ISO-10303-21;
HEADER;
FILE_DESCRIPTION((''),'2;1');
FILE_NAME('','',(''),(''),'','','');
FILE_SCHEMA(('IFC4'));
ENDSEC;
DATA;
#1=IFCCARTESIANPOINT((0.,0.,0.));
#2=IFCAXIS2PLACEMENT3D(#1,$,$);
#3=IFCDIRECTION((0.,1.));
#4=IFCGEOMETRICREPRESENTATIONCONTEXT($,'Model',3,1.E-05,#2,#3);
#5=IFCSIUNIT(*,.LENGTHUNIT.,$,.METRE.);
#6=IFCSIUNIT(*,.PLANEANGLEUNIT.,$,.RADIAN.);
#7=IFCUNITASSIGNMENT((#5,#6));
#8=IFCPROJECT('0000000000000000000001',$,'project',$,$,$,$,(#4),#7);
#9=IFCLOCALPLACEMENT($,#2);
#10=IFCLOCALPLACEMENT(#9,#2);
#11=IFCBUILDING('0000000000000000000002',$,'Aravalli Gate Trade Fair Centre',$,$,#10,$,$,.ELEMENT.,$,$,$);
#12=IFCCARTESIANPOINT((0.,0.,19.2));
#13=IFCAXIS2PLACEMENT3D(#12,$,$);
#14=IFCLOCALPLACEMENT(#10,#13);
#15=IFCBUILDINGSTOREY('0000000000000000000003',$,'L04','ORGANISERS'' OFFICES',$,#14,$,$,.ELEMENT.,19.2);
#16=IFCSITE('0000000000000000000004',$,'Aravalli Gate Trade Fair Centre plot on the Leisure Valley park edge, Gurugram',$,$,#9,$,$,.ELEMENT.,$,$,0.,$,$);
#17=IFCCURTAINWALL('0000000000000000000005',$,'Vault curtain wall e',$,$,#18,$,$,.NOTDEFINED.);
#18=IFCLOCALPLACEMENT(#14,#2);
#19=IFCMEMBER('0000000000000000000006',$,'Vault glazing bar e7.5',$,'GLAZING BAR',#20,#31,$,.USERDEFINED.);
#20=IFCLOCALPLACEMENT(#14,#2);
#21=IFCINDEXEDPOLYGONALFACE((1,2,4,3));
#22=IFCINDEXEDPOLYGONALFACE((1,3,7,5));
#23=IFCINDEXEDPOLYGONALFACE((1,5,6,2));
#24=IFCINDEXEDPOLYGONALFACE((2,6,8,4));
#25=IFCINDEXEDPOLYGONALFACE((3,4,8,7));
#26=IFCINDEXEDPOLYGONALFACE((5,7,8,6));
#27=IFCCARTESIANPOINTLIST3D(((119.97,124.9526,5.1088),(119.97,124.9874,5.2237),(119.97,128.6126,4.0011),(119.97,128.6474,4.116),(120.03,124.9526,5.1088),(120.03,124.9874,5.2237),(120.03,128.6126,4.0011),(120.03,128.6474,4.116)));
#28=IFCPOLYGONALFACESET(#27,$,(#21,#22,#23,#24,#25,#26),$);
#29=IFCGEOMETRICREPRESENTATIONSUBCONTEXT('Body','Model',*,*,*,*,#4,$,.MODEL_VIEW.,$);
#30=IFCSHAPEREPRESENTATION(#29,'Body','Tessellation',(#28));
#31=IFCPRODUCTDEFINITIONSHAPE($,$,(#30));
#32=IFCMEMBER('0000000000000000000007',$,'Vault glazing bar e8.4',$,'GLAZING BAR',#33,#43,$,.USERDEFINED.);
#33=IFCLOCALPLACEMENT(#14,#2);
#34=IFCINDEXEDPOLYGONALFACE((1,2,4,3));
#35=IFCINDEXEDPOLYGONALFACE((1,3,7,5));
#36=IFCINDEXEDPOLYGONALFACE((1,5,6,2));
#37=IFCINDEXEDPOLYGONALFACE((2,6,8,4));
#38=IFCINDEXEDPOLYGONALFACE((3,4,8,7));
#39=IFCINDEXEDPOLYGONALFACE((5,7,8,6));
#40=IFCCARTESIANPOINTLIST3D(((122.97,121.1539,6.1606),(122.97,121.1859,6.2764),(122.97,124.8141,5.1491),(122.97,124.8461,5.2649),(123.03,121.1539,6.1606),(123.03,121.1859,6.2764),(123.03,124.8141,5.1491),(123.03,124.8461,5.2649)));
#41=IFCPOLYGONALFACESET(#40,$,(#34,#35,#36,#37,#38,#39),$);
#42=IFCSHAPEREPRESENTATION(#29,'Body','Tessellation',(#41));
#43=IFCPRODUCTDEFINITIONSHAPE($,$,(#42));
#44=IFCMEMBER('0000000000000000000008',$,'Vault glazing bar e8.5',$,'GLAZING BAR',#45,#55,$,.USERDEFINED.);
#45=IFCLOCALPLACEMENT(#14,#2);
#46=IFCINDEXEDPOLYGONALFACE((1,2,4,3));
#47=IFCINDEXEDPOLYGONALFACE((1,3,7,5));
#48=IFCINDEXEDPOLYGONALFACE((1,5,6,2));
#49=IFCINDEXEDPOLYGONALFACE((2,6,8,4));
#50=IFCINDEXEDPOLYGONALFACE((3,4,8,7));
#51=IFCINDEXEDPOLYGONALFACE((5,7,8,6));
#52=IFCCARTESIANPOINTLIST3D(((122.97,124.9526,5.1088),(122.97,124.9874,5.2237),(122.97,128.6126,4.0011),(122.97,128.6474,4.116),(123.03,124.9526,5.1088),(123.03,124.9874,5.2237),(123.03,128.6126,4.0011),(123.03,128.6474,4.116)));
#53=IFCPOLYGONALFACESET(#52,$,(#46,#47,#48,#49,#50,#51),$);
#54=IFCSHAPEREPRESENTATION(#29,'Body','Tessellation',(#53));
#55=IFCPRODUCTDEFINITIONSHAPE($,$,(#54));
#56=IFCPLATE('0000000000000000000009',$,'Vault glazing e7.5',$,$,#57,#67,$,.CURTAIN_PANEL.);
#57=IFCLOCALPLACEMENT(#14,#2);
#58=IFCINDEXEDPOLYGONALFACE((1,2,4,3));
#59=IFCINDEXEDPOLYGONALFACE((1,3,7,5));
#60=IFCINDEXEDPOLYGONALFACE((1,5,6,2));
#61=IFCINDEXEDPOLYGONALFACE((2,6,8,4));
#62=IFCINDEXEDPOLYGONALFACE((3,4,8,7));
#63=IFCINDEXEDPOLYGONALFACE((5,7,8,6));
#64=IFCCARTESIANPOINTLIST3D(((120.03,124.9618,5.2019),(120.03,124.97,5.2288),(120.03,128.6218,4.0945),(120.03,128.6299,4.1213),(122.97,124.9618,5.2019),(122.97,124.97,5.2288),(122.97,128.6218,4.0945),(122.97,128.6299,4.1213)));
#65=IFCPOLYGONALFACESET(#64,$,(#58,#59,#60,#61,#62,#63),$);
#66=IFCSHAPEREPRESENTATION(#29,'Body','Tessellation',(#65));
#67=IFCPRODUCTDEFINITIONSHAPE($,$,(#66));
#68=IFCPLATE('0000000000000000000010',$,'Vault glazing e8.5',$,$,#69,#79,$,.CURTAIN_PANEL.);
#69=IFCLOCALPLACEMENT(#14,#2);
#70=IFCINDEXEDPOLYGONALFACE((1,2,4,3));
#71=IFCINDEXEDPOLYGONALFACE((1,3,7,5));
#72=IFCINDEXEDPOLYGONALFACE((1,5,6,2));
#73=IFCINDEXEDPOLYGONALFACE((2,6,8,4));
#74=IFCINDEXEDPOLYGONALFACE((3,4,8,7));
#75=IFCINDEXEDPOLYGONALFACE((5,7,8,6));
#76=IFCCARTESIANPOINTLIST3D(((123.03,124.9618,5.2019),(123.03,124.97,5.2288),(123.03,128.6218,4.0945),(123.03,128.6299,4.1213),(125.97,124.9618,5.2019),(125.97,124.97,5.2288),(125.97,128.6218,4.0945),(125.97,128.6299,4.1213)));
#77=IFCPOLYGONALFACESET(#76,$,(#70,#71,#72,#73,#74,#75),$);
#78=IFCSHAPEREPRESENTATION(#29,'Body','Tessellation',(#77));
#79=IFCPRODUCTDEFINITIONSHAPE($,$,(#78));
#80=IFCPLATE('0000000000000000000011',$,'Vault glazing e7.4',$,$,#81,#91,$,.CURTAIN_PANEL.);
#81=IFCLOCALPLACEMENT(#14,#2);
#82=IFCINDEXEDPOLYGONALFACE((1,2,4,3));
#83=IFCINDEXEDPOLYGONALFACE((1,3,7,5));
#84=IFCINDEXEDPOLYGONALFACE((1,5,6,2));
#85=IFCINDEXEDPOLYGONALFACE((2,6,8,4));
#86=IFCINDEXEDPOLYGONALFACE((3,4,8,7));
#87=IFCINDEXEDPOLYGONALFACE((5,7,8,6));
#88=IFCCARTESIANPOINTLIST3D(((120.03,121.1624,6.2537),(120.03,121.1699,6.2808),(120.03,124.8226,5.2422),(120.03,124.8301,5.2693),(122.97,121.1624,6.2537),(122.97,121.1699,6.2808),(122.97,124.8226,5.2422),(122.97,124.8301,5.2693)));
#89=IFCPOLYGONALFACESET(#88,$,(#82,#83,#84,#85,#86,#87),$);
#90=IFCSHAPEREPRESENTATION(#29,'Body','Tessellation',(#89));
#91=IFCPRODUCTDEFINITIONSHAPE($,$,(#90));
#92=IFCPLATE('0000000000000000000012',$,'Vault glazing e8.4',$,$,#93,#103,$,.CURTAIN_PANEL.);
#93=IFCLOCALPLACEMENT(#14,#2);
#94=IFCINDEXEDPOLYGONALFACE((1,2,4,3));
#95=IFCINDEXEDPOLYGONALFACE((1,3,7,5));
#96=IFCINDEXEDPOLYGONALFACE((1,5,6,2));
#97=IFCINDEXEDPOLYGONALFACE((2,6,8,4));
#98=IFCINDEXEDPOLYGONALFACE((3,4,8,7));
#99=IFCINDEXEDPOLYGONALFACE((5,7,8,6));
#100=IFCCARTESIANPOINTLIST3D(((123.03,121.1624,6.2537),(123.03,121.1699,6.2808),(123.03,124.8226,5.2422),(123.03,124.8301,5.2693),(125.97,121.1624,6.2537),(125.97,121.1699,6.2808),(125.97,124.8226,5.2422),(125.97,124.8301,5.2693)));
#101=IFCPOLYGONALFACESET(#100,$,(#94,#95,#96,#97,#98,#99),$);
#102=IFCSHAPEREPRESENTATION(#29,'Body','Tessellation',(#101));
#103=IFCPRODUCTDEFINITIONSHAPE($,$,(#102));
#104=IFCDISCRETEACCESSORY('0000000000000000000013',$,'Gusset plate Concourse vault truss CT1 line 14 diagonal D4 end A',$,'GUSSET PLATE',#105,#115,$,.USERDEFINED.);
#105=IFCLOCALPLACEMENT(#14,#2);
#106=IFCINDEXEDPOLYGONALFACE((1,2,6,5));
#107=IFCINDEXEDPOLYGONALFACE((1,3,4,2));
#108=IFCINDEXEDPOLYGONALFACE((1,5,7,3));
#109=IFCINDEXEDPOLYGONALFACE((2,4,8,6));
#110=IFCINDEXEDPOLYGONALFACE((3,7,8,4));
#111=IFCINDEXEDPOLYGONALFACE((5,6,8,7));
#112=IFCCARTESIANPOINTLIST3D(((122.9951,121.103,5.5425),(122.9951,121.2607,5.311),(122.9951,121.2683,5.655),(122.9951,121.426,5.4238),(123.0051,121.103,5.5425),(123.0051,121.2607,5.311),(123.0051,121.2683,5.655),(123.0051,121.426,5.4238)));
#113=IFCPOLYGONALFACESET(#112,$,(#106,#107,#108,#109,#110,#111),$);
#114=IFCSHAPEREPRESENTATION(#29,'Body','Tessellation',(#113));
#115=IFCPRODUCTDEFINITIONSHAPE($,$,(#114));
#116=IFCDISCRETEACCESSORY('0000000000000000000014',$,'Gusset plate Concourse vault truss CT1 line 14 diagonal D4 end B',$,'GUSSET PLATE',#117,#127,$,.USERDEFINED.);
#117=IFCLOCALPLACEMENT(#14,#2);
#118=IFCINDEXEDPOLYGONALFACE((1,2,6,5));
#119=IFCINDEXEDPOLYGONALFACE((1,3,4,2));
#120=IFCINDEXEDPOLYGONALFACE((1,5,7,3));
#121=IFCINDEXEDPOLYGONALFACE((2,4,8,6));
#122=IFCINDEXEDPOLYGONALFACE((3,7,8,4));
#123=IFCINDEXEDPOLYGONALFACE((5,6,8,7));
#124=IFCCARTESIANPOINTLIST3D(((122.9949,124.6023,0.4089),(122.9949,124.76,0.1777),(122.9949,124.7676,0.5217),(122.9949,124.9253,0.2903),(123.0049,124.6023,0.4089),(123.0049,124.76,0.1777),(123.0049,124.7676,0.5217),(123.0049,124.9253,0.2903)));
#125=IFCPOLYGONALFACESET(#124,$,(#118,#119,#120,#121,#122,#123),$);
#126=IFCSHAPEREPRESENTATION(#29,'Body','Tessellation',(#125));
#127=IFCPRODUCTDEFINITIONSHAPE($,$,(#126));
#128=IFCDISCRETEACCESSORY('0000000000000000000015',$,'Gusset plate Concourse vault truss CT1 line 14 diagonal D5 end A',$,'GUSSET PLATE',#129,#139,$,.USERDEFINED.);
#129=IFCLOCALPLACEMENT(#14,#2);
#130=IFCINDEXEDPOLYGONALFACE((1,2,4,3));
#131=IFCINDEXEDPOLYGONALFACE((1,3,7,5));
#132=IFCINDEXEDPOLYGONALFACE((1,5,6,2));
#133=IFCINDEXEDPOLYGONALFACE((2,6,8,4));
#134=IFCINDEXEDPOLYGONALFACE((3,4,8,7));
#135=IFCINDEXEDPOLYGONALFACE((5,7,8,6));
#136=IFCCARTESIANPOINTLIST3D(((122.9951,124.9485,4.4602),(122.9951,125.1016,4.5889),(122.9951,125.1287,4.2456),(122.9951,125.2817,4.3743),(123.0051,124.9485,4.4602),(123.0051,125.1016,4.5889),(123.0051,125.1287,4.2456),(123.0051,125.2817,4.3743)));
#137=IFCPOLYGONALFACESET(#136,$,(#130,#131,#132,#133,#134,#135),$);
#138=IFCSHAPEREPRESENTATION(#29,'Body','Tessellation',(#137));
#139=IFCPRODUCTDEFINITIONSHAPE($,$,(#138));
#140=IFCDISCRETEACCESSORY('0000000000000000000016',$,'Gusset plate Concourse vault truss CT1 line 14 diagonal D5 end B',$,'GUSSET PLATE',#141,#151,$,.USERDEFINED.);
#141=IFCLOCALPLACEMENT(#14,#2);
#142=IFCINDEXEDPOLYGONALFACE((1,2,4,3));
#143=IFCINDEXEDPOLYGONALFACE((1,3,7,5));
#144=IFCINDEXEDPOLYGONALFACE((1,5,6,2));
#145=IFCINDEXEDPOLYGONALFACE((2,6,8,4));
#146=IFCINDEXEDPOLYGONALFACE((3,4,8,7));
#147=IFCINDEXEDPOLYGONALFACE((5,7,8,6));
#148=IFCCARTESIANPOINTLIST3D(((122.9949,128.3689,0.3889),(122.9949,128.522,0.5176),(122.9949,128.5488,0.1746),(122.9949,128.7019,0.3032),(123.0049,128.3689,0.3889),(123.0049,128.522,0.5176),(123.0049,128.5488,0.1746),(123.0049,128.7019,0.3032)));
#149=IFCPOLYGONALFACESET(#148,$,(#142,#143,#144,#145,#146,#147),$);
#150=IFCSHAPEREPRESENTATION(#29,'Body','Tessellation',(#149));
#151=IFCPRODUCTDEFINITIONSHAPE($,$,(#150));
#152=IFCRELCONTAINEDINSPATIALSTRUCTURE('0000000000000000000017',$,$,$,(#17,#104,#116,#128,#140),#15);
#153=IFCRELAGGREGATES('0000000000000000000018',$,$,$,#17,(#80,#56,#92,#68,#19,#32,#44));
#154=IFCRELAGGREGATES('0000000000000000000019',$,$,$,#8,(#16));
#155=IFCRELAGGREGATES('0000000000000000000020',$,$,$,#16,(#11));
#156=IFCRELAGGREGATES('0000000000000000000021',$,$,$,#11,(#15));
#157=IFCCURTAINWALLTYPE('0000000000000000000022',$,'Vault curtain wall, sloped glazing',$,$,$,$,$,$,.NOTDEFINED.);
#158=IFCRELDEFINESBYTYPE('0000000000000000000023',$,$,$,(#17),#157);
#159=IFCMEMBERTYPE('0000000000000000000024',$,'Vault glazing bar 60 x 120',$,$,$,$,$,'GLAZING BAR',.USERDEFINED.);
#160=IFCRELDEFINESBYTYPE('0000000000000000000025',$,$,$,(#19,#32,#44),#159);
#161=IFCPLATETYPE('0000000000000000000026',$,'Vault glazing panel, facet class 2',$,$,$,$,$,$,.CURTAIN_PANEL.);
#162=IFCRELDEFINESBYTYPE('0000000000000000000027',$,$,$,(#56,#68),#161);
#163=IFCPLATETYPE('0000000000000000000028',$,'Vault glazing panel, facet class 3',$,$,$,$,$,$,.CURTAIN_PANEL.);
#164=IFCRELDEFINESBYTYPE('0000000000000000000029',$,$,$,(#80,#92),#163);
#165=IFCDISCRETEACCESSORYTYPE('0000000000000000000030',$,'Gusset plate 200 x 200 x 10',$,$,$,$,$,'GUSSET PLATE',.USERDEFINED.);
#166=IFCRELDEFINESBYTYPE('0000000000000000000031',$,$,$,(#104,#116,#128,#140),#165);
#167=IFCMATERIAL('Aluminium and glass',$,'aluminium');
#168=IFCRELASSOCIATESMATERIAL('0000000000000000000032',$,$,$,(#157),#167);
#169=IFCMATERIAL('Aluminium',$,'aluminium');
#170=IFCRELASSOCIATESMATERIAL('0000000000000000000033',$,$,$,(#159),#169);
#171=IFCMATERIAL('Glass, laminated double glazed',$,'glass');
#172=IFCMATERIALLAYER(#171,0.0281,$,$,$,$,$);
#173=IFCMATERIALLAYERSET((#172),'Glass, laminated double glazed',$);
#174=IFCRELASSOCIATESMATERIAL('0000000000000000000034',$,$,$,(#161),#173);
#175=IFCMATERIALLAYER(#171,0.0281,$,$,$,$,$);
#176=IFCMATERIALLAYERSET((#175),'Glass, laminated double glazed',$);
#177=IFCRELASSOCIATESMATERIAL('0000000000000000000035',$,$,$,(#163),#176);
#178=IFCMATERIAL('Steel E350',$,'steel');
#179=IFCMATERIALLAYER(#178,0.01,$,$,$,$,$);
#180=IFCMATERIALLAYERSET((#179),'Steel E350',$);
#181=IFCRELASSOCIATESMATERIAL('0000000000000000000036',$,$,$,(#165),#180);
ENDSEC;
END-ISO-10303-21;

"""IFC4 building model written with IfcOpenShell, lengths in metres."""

from ifc_helpers import new_model, si_unit, direction, frame, origin, origin_2d, place, context, subcontext, project, spatial, polyline, rectangle, outline, extrude, material, layer, layer_set, material_profile, profile_set, type_object, element, aggregate, save


model = new_model("IFC4")

# Units and contexts
model_context = context("Model", 3, precision=1e-05, world=origin(), true_north=direction((0.0, 1.0)))
body_context = subcontext(model_context, "Body", "Model", "MODEL_VIEW")
ifc_project = project(units=[si_unit("LENGTHUNIT", "METRE"), si_unit("PLANEANGLEUNIT", "RADIAN")], contexts=[model_context])

# Site, building, storey
site_placement = place(None, origin())
site = spatial("IfcSite", under=ifc_project, at=site_placement, Name="Aravalli Gate Trade Fair Centre plot on the Leisure Valley park edge, Gurugram", CompositionType="ELEMENT", RefElevation=0.0)
building_placement = place(site_placement, origin())
building = spatial("IfcBuilding", under=site, at=building_placement, Name="Aravalli Gate Trade Fair Centre", CompositionType="ELEMENT")
storey_placement = place(building_placement, frame((0.0, 0.0, 19.2)))
storey = spatial("IfcBuildingStorey", under=building, at=storey_placement, Name="L04", Description="ORGANISERS' OFFICES", CompositionType="ELEMENT", Elevation=19.2)

# Shared definitions
ifc_material_1 = material(Name="Steel E350", Category="steel")
ifc_material_2 = material(Name="Aluminium", Category="aluminium")

# Curtain wall, members, plates
ifc_material_3 = material(Name="Aluminium and glass", Category="aluminium")
curtain_wall_type = type_object("IfcCurtainWallType", Name="Vault curtain wall, sloped glazing", PredefinedType="NOTDEFINED", material=ifc_material_3)
curtain_wall_placement = place(storey_placement, origin())
curtain_wall = element("IfcCurtainWall", 1, at=curtain_wall_placement, inside=storey, type_object=curtain_wall_type, Name="Vault curtain wall e", PredefinedType="NOTDEFINED")
ifc_material_profile_1 = material_profile(ifc_material_2, rectangle(XDim=0.0601, YDim=0.1201, at=origin_2d()), Name="Vault glazing bar 60 x 120")
ifc_profile_set_1 = profile_set([ifc_material_profile_1], Name="Aluminium")
member_type_1 = type_object("IfcMemberType", Name="Vault glazing bar 60 x 120", ElementType="GLAZING BAR", PredefinedType="USERDEFINED", material=ifc_profile_set_1)
member_1_placement = place(storey_placement, frame((120.0, 124.97, 5.1663), z_axis=(0.0, 0.957126, -0.289672), x_axis=(-1.0, 0.0, 0.0)))
member_1 = element("IfcMember", 2, at=member_1_placement, type_object=member_type_1, Name="Vault glazing bar e7.5", ObjectType="GLAZING BAR", PredefinedType="USERDEFINED", context=body_context, shape_type="SweptSolid", body=[
    extrude(rectangle(XDim=0.0601, YDim=0.1201, at=origin_2d()), origin(), (0.0, 0.0, 1.0), 3.824),
])
member_2_placement = place(storey_placement, frame((123.0, 121.1699, 6.2185), z_axis=(0.0, 0.963873, -0.266364), x_axis=(-1.0, 0.0, 0.0)))
member_2 = element("IfcMember", 3, at=member_2_placement, type_object=member_type_1, Name="Vault glazing bar e8.4", ObjectType="GLAZING BAR", PredefinedType="USERDEFINED", context=body_context, shape_type="SweptSolid", body=[
    extrude(rectangle(XDim=0.0601, YDim=0.1201, at=origin_2d()), origin(), (0.0, 0.0, 1.0), 3.7974),
])
member_3_placement = place(storey_placement, frame((123.0, 124.97, 5.1663), z_axis=(0.0, 0.957126, -0.289672), x_axis=(-1.0, 0.0, 0.0)))
member_3 = element("IfcMember", 4, at=member_3_placement, type_object=member_type_1, Name="Vault glazing bar e8.5", ObjectType="GLAZING BAR", PredefinedType="USERDEFINED", context=body_context, shape_type="SweptSolid", body=[
    extrude(rectangle(XDim=0.0601, YDim=0.1201, at=origin_2d()), origin(), (0.0, 0.0, 1.0), 3.824),
])
ifc_material_4 = material(Name="Glass, laminated double glazed", Category="glass")
ifc_layer_1 = layer(ifc_material_4, 0.0281)
ifc_layer_set_1 = layer_set([ifc_layer_1], Name="Glass, laminated double glazed")
plate_type_1 = type_object("IfcPlateType", Name="Vault glazing panel, facet class 2", PredefinedType="CURTAIN_PANEL", material=ifc_layer_set_1)
plate_1_placement = place(storey_placement, frame((120.03, 124.97, 5.2288), z_axis=(0.0, 0.289614, 0.957144), x_axis=(1.0, 0.0, 0.0)))
plate_1 = element("IfcPlate", 5, at=plate_1_placement, type_object=plate_type_1, Name="Vault glazing e7.5", PredefinedType="CURTAIN_PANEL", context=body_context, shape_type="SweptSolid", body=[
    extrude(outline(polyline([(0.0, 0.0), (2.9399, 0.0), (2.9399, 3.8238), (0.0, 3.8238), (0.0, 0.0)])), origin(), (0.0, 0.0, -1.0), 0.0281),
])
plate_2_placement = place(storey_placement, frame((123.03, 124.97, 5.2288), z_axis=(0.0, 0.289614, 0.957144), x_axis=(1.0, 0.0, 0.0)))
plate_2 = element("IfcPlate", 6, at=plate_2_placement, type_object=plate_type_1, Name="Vault glazing e8.5", PredefinedType="CURTAIN_PANEL", context=body_context, shape_type="SweptSolid", body=[
    extrude(outline(polyline([(0.0, 0.0), (2.9399, 0.0), (2.9399, 3.8238), (0.0, 3.8238), (0.0, 0.0)])), origin(), (0.0, 0.0, -1.0), 0.0281),
])
ifc_layer_2 = layer(ifc_material_4, 0.0281)
ifc_layer_set_2 = layer_set([ifc_layer_2], Name="Glass, laminated double glazed")
plate_type_2 = type_object("IfcPlateType", Name="Vault glazing panel, facet class 3", PredefinedType="CURTAIN_PANEL", material=ifc_layer_set_2)
plate_3_placement = place(storey_placement, frame((120.03, 121.1699, 6.2808), z_axis=(0.0, 0.266364, 0.963873), x_axis=(1.0, 0.0, 0.0)))
plate_3 = element("IfcPlate", 7, at=plate_3_placement, type_object=plate_type_2, Name="Vault glazing e7.4", PredefinedType="CURTAIN_PANEL", context=body_context, shape_type="SweptSolid", body=[
    extrude(outline(polyline([(0.0, 0.0), (2.9399, 0.0), (2.9399, 3.7973), (0.0, 3.7973), (0.0, 0.0)])), origin(), (0.0, 0.0, -1.0), 0.0281),
])
plate_4_placement = place(storey_placement, frame((123.03, 121.1699, 6.2808), z_axis=(0.0, 0.266364, 0.963873), x_axis=(1.0, 0.0, 0.0)))
plate_4 = element("IfcPlate", 8, at=plate_4_placement, type_object=plate_type_2, Name="Vault glazing e8.4", PredefinedType="CURTAIN_PANEL", context=body_context, shape_type="SweptSolid", body=[
    extrude(outline(polyline([(0.0, 0.0), (2.9399, 0.0), (2.9399, 3.7973), (0.0, 3.7973), (0.0, 0.0)])), origin(), (0.0, 0.0, -1.0), 0.0281),
])
aggregate(curtain_wall, [plate_3, plate_1, plate_4, plate_2, member_1, member_2, member_3])

# Discrete accessories
ifc_layer_3 = layer(ifc_material_1, 0.01)
ifc_layer_set_3 = layer_set([ifc_layer_3], Name="Steel E350")
discrete_accessory_type = type_object("IfcDiscreteAccessoryType", Name="Gusset plate 200 x 200 x 10", ElementType="GUSSET PLATE", PredefinedType="USERDEFINED", material=ifc_layer_set_3)
discrete_accessory_1_placement = place(storey_placement, frame((122.9951, 121.2607, 5.311), z_axis=(-1.0, 0.0, 0.0), x_axis=(0.0, -0.56312, 0.826375)))
element("IfcDiscreteAccessory", 9, at=discrete_accessory_1_placement, inside=storey, type_object=discrete_accessory_type, Name="Gusset plate Concourse vault truss CT1 line 14 diagonal D4 end A", ObjectType="GUSSET PLATE", PredefinedType="USERDEFINED", context=body_context, shape_type="SweptSolid", body=[
    extrude(outline(polyline([(0.0, 0.0), (0.2801, 0.0), (0.28, 0.2), (0.0001, 0.2001), (0.0, 0.0)])), origin(), (0.0, 0.0, -1.0), 0.01),
])
discrete_accessory_2_placement = place(storey_placement, frame((123.0049, 124.6023, 0.4089), z_axis=(1.0, 0.0, 0.0), x_axis=(0.0, 0.563526, -0.826098)))
element("IfcDiscreteAccessory", 10, at=discrete_accessory_2_placement, inside=storey, type_object=discrete_accessory_type, Name="Gusset plate Concourse vault truss CT1 line 14 diagonal D4 end B", ObjectType="GUSSET PLATE", PredefinedType="USERDEFINED", context=body_context, shape_type="SweptSolid", body=[
    extrude(outline(polyline([(0.0, 0.0), (0.2799, 0.0), (0.28, 0.2), (0.0, 0.2001), (0.0, 0.0)])), origin(), (0.0, 0.0, -1.0), 0.01),
])
discrete_accessory_3_placement = place(storey_placement, frame((122.9951, 125.1287, 4.2456), z_axis=(-1.0, 0.0, 0.0), x_axis=(0.0, -0.643008, 0.765859)))
element("IfcDiscreteAccessory", 11, at=discrete_accessory_3_placement, inside=storey, type_object=discrete_accessory_type, Name="Gusset plate Concourse vault truss CT1 line 14 diagonal D5 end A", ObjectType="GUSSET PLATE", PredefinedType="USERDEFINED", context=body_context, shape_type="SweptSolid", body=[
    extrude(outline(polyline([(0.0, 0.0), (0.2802, 0.0), (0.2803, 0.2), (0.0001, 0.2), (0.0, 0.0)])), origin(), (0.0, 0.0, -1.0), 0.01),
])
discrete_accessory_4_placement = place(storey_placement, frame((123.0049, 128.3689, 0.3889), z_axis=(1.0, 0.0, 0.0), x_axis=(0.0, 0.642926, -0.765928)))
element("IfcDiscreteAccessory", 12, at=discrete_accessory_4_placement, inside=storey, type_object=discrete_accessory_type, Name="Gusset plate Concourse vault truss CT1 line 14 diagonal D5 end B", ObjectType="GUSSET PLATE", PredefinedType="USERDEFINED", context=body_context, shape_type="SweptSolid", body=[
    extrude(outline(polyline([(0.0, 0.0), (0.2799, 0.0), (0.2797, 0.2), (-0.0001, 0.2), (0.0, 0.0)])), origin(), (0.0, 0.0, -1.0), 0.01),
])

save(model, "model.ifc")
